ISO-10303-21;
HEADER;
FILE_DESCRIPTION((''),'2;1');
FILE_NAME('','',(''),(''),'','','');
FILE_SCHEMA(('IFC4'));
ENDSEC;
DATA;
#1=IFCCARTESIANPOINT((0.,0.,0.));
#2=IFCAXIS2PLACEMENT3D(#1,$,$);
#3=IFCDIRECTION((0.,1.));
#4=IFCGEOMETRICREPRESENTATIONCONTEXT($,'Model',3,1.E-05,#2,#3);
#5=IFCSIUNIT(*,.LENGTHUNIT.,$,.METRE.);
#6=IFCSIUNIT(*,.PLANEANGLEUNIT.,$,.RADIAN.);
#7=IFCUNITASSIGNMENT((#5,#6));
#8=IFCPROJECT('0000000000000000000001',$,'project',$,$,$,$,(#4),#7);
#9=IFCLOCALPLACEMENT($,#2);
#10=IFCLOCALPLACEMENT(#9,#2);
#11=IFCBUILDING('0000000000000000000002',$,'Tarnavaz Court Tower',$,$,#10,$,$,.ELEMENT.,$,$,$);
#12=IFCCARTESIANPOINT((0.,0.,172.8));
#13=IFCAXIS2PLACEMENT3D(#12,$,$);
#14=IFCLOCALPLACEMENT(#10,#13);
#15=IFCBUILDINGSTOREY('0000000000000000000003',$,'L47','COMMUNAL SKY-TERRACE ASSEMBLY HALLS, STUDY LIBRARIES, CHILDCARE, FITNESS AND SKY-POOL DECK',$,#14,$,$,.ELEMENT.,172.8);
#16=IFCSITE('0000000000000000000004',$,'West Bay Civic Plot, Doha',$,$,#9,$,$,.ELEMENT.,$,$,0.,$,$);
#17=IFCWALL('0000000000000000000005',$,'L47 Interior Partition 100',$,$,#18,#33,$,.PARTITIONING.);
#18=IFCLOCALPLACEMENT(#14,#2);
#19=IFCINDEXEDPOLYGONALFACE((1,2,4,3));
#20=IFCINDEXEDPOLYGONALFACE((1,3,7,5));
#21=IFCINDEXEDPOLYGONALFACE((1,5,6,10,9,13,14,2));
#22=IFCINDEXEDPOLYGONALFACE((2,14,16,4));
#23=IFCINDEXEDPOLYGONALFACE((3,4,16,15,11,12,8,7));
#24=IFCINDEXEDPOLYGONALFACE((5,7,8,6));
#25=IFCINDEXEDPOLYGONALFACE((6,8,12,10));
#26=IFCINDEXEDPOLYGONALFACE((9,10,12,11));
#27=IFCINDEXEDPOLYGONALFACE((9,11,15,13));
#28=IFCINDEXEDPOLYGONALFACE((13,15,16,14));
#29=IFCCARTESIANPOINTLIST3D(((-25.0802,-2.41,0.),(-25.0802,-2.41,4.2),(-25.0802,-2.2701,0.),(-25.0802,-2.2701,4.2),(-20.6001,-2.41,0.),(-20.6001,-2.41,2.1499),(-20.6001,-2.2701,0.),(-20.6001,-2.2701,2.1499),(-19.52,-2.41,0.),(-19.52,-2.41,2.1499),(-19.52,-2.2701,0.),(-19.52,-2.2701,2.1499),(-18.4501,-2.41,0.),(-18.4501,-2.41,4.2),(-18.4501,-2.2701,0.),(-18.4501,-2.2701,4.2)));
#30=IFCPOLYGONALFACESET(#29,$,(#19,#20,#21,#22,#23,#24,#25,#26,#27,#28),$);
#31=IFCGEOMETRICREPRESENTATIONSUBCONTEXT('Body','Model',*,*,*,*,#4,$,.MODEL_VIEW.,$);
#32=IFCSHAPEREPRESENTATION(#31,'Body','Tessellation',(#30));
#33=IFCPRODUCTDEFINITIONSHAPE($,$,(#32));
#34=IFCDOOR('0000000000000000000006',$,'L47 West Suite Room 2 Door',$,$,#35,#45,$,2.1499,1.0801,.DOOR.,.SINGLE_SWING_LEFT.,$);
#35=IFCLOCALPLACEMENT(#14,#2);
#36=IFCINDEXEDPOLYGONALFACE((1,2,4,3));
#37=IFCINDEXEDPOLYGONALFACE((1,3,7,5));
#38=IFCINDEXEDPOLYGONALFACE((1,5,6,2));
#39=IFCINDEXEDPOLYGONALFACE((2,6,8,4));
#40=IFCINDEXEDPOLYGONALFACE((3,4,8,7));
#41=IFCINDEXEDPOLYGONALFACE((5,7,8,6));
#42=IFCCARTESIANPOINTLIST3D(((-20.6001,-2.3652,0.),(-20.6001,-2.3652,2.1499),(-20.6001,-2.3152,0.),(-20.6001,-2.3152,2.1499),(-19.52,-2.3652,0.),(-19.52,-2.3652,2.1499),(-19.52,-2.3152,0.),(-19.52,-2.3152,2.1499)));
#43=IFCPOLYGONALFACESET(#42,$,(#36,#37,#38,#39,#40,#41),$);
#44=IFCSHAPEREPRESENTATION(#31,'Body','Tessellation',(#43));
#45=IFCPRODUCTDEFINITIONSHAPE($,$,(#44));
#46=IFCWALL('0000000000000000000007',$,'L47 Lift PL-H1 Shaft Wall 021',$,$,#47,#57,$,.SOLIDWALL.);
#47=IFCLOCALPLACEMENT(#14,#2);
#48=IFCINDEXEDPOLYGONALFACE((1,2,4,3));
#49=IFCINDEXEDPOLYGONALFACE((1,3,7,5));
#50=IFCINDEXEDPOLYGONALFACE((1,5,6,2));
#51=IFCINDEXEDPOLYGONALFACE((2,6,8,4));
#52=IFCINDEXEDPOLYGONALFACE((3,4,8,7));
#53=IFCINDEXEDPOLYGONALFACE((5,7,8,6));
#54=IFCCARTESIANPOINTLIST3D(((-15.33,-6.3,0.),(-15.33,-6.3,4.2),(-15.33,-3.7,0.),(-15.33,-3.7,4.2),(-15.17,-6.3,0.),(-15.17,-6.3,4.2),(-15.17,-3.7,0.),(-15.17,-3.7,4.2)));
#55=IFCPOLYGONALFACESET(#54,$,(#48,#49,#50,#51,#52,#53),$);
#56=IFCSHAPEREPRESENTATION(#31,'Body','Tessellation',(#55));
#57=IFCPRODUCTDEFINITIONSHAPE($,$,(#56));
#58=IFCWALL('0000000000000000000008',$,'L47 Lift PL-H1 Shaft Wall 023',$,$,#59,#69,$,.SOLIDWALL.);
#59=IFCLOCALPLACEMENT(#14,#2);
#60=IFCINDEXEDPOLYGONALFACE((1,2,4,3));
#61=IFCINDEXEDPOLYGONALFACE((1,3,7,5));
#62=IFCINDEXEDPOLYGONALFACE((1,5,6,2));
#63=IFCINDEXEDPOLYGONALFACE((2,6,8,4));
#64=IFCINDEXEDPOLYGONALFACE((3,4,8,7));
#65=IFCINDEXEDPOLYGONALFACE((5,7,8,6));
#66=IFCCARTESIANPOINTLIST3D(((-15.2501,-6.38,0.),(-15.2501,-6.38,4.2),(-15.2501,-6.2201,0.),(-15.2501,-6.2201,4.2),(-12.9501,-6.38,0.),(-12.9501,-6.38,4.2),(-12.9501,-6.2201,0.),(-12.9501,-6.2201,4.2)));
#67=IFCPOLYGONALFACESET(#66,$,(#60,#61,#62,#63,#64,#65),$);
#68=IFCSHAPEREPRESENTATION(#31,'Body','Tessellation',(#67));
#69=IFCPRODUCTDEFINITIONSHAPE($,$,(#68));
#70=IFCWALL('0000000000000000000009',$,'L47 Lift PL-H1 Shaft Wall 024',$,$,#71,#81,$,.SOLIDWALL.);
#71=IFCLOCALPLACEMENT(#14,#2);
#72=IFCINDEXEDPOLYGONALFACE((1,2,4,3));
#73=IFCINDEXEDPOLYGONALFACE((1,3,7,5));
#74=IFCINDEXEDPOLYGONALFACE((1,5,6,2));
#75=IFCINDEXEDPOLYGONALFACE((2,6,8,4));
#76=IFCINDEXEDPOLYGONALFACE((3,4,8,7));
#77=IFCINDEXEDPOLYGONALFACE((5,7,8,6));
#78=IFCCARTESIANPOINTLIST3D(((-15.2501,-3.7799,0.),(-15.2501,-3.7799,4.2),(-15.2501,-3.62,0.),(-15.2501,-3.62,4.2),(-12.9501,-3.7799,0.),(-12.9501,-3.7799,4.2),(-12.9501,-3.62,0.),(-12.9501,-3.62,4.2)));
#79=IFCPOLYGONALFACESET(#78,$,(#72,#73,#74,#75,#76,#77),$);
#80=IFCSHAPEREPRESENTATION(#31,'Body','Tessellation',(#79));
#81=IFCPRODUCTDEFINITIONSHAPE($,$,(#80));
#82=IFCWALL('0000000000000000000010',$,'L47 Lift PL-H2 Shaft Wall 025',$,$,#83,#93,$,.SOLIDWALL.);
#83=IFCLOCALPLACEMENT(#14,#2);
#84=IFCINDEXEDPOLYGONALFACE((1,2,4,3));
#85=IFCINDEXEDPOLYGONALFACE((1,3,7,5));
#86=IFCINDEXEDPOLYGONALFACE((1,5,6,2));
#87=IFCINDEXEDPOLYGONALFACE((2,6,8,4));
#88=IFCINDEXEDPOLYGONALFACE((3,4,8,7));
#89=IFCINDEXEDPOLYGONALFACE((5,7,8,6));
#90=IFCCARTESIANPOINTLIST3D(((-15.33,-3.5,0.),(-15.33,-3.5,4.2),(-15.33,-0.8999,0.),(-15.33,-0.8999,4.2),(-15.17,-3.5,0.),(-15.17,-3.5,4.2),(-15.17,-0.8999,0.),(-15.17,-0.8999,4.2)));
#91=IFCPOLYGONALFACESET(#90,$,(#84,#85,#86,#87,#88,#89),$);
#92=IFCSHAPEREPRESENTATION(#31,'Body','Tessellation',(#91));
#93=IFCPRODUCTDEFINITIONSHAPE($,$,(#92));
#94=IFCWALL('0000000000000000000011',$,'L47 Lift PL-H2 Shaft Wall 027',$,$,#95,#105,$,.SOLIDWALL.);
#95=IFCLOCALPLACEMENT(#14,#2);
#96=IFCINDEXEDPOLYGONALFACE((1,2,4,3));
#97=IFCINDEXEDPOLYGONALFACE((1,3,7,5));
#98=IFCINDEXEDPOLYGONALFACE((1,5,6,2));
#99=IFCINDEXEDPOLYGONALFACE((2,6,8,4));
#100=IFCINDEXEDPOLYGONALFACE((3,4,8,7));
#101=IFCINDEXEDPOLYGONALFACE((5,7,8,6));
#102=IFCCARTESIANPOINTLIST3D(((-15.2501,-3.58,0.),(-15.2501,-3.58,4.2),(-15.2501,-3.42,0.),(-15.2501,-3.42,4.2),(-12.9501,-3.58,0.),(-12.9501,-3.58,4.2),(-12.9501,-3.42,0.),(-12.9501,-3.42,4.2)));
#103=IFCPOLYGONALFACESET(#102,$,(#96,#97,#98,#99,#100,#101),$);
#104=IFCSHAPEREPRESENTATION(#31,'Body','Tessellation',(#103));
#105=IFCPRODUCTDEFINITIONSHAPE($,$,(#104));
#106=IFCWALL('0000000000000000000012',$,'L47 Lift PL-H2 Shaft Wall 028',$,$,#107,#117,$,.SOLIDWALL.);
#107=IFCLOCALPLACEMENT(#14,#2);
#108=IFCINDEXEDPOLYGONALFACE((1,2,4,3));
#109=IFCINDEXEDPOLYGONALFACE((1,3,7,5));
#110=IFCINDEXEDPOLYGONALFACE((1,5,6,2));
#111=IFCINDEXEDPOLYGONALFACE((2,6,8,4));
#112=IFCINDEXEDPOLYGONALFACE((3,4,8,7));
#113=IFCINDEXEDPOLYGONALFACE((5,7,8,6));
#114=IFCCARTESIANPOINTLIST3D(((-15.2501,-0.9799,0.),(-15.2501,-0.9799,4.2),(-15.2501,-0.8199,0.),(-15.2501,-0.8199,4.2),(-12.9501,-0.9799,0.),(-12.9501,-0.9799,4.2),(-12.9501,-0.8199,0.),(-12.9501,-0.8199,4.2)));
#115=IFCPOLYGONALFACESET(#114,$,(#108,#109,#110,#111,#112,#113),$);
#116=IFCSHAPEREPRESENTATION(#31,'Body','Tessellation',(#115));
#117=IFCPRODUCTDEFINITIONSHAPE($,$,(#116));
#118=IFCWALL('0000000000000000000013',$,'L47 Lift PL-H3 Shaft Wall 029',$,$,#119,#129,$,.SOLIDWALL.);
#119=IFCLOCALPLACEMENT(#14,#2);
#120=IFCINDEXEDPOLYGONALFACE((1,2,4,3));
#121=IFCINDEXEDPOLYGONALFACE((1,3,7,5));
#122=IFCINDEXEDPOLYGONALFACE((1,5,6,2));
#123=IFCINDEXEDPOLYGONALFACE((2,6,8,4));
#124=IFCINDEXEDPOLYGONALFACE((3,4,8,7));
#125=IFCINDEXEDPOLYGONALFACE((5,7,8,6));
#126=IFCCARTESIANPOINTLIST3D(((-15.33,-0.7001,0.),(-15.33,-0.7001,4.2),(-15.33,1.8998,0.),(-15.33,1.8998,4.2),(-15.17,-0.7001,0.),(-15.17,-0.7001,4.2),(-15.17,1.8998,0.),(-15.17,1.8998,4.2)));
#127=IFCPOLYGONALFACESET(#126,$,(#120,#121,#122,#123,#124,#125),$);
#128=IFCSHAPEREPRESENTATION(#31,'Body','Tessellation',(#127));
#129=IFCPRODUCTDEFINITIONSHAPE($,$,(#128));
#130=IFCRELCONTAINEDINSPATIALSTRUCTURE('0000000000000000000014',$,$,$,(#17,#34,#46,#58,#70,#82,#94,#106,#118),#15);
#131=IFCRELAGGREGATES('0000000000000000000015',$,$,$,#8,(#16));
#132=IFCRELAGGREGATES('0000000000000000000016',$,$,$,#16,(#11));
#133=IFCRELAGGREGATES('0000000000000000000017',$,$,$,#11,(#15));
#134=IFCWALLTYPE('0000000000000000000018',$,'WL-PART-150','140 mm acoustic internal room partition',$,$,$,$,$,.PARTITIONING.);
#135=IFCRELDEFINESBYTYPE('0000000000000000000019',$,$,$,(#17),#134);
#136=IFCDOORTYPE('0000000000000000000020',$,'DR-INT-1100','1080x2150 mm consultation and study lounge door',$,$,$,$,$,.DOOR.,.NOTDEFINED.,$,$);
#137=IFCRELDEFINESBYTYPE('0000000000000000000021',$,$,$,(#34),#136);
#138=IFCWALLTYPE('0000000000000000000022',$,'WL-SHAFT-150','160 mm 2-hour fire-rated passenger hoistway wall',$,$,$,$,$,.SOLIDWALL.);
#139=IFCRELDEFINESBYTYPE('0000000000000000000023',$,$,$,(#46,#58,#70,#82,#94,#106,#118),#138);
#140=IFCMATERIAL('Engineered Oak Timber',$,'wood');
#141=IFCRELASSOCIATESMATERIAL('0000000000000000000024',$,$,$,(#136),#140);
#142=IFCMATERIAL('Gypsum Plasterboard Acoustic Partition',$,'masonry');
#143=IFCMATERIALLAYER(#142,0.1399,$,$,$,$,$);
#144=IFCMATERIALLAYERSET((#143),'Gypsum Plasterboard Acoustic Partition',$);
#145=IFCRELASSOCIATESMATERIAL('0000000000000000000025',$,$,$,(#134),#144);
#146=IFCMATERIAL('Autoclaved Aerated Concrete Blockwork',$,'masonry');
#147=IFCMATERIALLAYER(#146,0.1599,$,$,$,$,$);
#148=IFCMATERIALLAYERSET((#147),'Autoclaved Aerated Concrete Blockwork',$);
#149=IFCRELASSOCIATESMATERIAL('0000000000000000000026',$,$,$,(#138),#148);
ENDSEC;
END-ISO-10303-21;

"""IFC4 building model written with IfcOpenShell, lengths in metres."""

from ifc_helpers import new_model, si_unit, direction, frame, frame_2d, origin, place, context, subcontext, project, spatial, rectangle, extrude, material, layer, layer_set, type_object, element, fill, save


model = new_model("IFC4")

# Units and contexts
model_context = context("Model", 3, precision=1e-05, world=origin(), true_north=direction((0.0, 1.0)))
body_context = subcontext(model_context, "Body", "Model", "MODEL_VIEW")
ifc_project = project(units=[si_unit("LENGTHUNIT", "METRE"), si_unit("PLANEANGLEUNIT", "RADIAN")], contexts=[model_context])

# Site, building, storey
site_placement = place(None, origin())
site = spatial("IfcSite", under=ifc_project, at=site_placement, Name="West Bay Civic Plot, Doha", CompositionType="ELEMENT", RefElevation=0.0)
building_placement = place(site_placement, origin())
building = spatial("IfcBuilding", under=site, at=building_placement, Name="Tarnavaz Court Tower", CompositionType="ELEMENT")
storey_placement = place(building_placement, frame((0.0, 0.0, 172.8)))
storey = spatial("IfcBuildingStorey", under=building, at=storey_placement, Name="L47", Description="COMMUNAL SKY-TERRACE ASSEMBLY HALLS, STUDY LIBRARIES, CHILDCARE, FITNESS AND SKY-POOL DECK", CompositionType="ELEMENT", Elevation=172.8)

# Wall, opening, door
ifc_material_1 = material(Name="Engineered Oak Timber", Category="wood")
door_type_1 = type_object("IfcDoorType", Name="DR-INT-1100", Description="1080x2150 mm consultation and study lounge door", OperationType="NOTDEFINED", PredefinedType="DOOR", material=ifc_material_1)
ifc_material_2 = material(Name="Gypsum Plasterboard Acoustic Partition", Category="masonry")
ifc_layer_1 = layer(ifc_material_2, 0.1399)
ifc_layer_set_1 = layer_set([ifc_layer_1], Name="Gypsum Plasterboard Acoustic Partition")
wall_type_1 = type_object("IfcWallType", Name="WL-PART-150", Description="140 mm acoustic internal room partition", PredefinedType="PARTITIONING", material=ifc_layer_set_1)
wall_1_placement = place(storey_placement, frame((-25.0801, -2.3401, 0.0), z_axis=(0.0, 0.0, 1.0), x_axis=(1.0, 0.0, 0.0)))
wall_1 = element("IfcWall", 1, at=wall_1_placement, inside=storey, type_object=wall_type_1, Name="L47 Interior Partition 100", PredefinedType="PARTITIONING", context=body_context, shape_type="SweptSolid", body=[
    extrude(rectangle(XDim=6.6301, YDim=0.1399, at=frame_2d((3.3149, 0.0))), origin(), (0.0, 0.0, 1.0), 4.2),
])
opening_1_placement = place(wall_1_placement, frame((4.48, 0.0, 0.0)))
opening_1 = element("IfcOpeningElement", 2, at=opening_1_placement, cuts=wall_1, PredefinedType="OPENING", context=body_context, shape_type="SweptSolid", body=[
    extrude(rectangle(XDim=1.0801, YDim=2.1499, at=frame_2d((0.54, 1.075))), frame((0.0, 0.0798, 0.0), z_axis=(0.0, -1.0, 0.0), x_axis=(1.0, 0.0, 0.0)), (0.0, 0.0, 1.0), 0.1599),
])
door_1_placement = place(opening_1_placement, origin())
door_1 = element("IfcDoor", 3, at=door_1_placement, inside=storey, type_object=door_type_1, Name="L47 West Suite Room 2 Door", OperationType="SINGLE_SWING_LEFT", OverallHeight=2.1499, OverallWidth=1.0801, PredefinedType="DOOR", context=body_context, shape_type="SweptSolid", body=[
    extrude(rectangle(XDim=1.0801, YDim=2.1499, at=frame_2d((0.54, 1.075))), frame((0.0, 0.0249, 0.0), z_axis=(0.0, -1.0, 0.0), x_axis=(1.0, 0.0, 0.0)), (0.0, 0.0, 1.0), 0.05),
])
fill(opening_1, door_1)

# Walls
ifc_material_3 = material(Name="Autoclaved Aerated Concrete Blockwork", Category="masonry")
ifc_layer_2 = layer(ifc_material_3, 0.1599)
ifc_layer_set_2 = layer_set([ifc_layer_2], Name="Autoclaved Aerated Concrete Blockwork")
wall_type_2 = type_object("IfcWallType", Name="WL-SHAFT-150", Description="160 mm 2-hour fire-rated passenger hoistway wall", PredefinedType="SOLIDWALL", material=ifc_layer_set_2)
wall_2_placement = place(storey_placement, frame((-15.25, -6.3, 0.0), z_axis=(0.0, 0.0, 1.0), x_axis=(0.0, 1.0, 0.0)))
element("IfcWall", 4, at=wall_2_placement, inside=storey, type_object=wall_type_2, Name="L47 Lift PL-H1 Shaft Wall 021", PredefinedType="SOLIDWALL", context=body_context, shape_type="SweptSolid", body=[
    extrude(rectangle(XDim=2.6001, YDim=0.1599, at=frame_2d((1.3, 0.0))), origin(), (0.0, 0.0, 1.0), 4.2),
])
for number, where, z_axis, x_axis, name in (
    (5, (-15.25, -6.3, 0.0), (0.0, 0.0, 1.0), (1.0, 0.0, 0.0), "L47 Lift PL-H1 Shaft Wall 023"),
    (6, (-15.25, -3.7, 0.0), (0.0, 0.0, 1.0), (1.0, 0.0, 0.0), "L47 Lift PL-H1 Shaft Wall 024"),
):
    element("IfcWall", number, at=place(storey_placement, frame(where, z_axis=z_axis, x_axis=x_axis)), inside=storey, type_object=wall_type_2, Name=name, PredefinedType="SOLIDWALL", context=body_context, shape_type="SweptSolid", body=[
        extrude(rectangle(XDim=2.3, YDim=0.1599, at=frame_2d((1.1499, 0.0))), origin(), (0.0, 0.0, 1.0), 4.2),
    ])
wall_3_placement = place(storey_placement, frame((-15.25, -3.5, 0.0), z_axis=(0.0, 0.0, 1.0), x_axis=(0.0, 1.0, 0.0)))
element("IfcWall", 7, at=wall_3_placement, inside=storey, type_object=wall_type_2, Name="L47 Lift PL-H2 Shaft Wall 025", PredefinedType="SOLIDWALL", context=body_context, shape_type="SweptSolid", body=[
    extrude(rectangle(XDim=2.6001, YDim=0.1599, at=frame_2d((1.3, 0.0))), origin(), (0.0, 0.0, 1.0), 4.2),
])
for number, where, z_axis, x_axis, name in (
    (8, (-15.25, -3.5, 0.0), (0.0, 0.0, 1.0), (1.0, 0.0, 0.0), "L47 Lift PL-H2 Shaft Wall 027"),
    (9, (-15.25, -0.8999, 0.0), (0.0, 0.0, 1.0), (1.0, 0.0, 0.0), "L47 Lift PL-H2 Shaft Wall 028"),
):
    element("IfcWall", number, at=place(storey_placement, frame(where, z_axis=z_axis, x_axis=x_axis)), inside=storey, type_object=wall_type_2, Name=name, PredefinedType="SOLIDWALL", context=body_context, shape_type="SweptSolid", body=[
        extrude(rectangle(XDim=2.3, YDim=0.1599, at=frame_2d((1.1499, 0.0))), origin(), (0.0, 0.0, 1.0), 4.2),
    ])
wall_4_placement = place(storey_placement, frame((-15.25, -0.7, 0.0), z_axis=(0.0, 0.0, 1.0), x_axis=(0.0, 1.0, 0.0)))
element("IfcWall", 10, at=wall_4_placement, inside=storey, type_object=wall_type_2, Name="L47 Lift PL-H3 Shaft Wall 029", PredefinedType="SOLIDWALL", context=body_context, shape_type="SweptSolid", body=[
    extrude(rectangle(XDim=2.5999, YDim=0.1599, at=frame_2d((1.2998, 0.0))), origin(), (0.0, 0.0, 1.0), 4.2),
])

save(model, "model.ifc")
